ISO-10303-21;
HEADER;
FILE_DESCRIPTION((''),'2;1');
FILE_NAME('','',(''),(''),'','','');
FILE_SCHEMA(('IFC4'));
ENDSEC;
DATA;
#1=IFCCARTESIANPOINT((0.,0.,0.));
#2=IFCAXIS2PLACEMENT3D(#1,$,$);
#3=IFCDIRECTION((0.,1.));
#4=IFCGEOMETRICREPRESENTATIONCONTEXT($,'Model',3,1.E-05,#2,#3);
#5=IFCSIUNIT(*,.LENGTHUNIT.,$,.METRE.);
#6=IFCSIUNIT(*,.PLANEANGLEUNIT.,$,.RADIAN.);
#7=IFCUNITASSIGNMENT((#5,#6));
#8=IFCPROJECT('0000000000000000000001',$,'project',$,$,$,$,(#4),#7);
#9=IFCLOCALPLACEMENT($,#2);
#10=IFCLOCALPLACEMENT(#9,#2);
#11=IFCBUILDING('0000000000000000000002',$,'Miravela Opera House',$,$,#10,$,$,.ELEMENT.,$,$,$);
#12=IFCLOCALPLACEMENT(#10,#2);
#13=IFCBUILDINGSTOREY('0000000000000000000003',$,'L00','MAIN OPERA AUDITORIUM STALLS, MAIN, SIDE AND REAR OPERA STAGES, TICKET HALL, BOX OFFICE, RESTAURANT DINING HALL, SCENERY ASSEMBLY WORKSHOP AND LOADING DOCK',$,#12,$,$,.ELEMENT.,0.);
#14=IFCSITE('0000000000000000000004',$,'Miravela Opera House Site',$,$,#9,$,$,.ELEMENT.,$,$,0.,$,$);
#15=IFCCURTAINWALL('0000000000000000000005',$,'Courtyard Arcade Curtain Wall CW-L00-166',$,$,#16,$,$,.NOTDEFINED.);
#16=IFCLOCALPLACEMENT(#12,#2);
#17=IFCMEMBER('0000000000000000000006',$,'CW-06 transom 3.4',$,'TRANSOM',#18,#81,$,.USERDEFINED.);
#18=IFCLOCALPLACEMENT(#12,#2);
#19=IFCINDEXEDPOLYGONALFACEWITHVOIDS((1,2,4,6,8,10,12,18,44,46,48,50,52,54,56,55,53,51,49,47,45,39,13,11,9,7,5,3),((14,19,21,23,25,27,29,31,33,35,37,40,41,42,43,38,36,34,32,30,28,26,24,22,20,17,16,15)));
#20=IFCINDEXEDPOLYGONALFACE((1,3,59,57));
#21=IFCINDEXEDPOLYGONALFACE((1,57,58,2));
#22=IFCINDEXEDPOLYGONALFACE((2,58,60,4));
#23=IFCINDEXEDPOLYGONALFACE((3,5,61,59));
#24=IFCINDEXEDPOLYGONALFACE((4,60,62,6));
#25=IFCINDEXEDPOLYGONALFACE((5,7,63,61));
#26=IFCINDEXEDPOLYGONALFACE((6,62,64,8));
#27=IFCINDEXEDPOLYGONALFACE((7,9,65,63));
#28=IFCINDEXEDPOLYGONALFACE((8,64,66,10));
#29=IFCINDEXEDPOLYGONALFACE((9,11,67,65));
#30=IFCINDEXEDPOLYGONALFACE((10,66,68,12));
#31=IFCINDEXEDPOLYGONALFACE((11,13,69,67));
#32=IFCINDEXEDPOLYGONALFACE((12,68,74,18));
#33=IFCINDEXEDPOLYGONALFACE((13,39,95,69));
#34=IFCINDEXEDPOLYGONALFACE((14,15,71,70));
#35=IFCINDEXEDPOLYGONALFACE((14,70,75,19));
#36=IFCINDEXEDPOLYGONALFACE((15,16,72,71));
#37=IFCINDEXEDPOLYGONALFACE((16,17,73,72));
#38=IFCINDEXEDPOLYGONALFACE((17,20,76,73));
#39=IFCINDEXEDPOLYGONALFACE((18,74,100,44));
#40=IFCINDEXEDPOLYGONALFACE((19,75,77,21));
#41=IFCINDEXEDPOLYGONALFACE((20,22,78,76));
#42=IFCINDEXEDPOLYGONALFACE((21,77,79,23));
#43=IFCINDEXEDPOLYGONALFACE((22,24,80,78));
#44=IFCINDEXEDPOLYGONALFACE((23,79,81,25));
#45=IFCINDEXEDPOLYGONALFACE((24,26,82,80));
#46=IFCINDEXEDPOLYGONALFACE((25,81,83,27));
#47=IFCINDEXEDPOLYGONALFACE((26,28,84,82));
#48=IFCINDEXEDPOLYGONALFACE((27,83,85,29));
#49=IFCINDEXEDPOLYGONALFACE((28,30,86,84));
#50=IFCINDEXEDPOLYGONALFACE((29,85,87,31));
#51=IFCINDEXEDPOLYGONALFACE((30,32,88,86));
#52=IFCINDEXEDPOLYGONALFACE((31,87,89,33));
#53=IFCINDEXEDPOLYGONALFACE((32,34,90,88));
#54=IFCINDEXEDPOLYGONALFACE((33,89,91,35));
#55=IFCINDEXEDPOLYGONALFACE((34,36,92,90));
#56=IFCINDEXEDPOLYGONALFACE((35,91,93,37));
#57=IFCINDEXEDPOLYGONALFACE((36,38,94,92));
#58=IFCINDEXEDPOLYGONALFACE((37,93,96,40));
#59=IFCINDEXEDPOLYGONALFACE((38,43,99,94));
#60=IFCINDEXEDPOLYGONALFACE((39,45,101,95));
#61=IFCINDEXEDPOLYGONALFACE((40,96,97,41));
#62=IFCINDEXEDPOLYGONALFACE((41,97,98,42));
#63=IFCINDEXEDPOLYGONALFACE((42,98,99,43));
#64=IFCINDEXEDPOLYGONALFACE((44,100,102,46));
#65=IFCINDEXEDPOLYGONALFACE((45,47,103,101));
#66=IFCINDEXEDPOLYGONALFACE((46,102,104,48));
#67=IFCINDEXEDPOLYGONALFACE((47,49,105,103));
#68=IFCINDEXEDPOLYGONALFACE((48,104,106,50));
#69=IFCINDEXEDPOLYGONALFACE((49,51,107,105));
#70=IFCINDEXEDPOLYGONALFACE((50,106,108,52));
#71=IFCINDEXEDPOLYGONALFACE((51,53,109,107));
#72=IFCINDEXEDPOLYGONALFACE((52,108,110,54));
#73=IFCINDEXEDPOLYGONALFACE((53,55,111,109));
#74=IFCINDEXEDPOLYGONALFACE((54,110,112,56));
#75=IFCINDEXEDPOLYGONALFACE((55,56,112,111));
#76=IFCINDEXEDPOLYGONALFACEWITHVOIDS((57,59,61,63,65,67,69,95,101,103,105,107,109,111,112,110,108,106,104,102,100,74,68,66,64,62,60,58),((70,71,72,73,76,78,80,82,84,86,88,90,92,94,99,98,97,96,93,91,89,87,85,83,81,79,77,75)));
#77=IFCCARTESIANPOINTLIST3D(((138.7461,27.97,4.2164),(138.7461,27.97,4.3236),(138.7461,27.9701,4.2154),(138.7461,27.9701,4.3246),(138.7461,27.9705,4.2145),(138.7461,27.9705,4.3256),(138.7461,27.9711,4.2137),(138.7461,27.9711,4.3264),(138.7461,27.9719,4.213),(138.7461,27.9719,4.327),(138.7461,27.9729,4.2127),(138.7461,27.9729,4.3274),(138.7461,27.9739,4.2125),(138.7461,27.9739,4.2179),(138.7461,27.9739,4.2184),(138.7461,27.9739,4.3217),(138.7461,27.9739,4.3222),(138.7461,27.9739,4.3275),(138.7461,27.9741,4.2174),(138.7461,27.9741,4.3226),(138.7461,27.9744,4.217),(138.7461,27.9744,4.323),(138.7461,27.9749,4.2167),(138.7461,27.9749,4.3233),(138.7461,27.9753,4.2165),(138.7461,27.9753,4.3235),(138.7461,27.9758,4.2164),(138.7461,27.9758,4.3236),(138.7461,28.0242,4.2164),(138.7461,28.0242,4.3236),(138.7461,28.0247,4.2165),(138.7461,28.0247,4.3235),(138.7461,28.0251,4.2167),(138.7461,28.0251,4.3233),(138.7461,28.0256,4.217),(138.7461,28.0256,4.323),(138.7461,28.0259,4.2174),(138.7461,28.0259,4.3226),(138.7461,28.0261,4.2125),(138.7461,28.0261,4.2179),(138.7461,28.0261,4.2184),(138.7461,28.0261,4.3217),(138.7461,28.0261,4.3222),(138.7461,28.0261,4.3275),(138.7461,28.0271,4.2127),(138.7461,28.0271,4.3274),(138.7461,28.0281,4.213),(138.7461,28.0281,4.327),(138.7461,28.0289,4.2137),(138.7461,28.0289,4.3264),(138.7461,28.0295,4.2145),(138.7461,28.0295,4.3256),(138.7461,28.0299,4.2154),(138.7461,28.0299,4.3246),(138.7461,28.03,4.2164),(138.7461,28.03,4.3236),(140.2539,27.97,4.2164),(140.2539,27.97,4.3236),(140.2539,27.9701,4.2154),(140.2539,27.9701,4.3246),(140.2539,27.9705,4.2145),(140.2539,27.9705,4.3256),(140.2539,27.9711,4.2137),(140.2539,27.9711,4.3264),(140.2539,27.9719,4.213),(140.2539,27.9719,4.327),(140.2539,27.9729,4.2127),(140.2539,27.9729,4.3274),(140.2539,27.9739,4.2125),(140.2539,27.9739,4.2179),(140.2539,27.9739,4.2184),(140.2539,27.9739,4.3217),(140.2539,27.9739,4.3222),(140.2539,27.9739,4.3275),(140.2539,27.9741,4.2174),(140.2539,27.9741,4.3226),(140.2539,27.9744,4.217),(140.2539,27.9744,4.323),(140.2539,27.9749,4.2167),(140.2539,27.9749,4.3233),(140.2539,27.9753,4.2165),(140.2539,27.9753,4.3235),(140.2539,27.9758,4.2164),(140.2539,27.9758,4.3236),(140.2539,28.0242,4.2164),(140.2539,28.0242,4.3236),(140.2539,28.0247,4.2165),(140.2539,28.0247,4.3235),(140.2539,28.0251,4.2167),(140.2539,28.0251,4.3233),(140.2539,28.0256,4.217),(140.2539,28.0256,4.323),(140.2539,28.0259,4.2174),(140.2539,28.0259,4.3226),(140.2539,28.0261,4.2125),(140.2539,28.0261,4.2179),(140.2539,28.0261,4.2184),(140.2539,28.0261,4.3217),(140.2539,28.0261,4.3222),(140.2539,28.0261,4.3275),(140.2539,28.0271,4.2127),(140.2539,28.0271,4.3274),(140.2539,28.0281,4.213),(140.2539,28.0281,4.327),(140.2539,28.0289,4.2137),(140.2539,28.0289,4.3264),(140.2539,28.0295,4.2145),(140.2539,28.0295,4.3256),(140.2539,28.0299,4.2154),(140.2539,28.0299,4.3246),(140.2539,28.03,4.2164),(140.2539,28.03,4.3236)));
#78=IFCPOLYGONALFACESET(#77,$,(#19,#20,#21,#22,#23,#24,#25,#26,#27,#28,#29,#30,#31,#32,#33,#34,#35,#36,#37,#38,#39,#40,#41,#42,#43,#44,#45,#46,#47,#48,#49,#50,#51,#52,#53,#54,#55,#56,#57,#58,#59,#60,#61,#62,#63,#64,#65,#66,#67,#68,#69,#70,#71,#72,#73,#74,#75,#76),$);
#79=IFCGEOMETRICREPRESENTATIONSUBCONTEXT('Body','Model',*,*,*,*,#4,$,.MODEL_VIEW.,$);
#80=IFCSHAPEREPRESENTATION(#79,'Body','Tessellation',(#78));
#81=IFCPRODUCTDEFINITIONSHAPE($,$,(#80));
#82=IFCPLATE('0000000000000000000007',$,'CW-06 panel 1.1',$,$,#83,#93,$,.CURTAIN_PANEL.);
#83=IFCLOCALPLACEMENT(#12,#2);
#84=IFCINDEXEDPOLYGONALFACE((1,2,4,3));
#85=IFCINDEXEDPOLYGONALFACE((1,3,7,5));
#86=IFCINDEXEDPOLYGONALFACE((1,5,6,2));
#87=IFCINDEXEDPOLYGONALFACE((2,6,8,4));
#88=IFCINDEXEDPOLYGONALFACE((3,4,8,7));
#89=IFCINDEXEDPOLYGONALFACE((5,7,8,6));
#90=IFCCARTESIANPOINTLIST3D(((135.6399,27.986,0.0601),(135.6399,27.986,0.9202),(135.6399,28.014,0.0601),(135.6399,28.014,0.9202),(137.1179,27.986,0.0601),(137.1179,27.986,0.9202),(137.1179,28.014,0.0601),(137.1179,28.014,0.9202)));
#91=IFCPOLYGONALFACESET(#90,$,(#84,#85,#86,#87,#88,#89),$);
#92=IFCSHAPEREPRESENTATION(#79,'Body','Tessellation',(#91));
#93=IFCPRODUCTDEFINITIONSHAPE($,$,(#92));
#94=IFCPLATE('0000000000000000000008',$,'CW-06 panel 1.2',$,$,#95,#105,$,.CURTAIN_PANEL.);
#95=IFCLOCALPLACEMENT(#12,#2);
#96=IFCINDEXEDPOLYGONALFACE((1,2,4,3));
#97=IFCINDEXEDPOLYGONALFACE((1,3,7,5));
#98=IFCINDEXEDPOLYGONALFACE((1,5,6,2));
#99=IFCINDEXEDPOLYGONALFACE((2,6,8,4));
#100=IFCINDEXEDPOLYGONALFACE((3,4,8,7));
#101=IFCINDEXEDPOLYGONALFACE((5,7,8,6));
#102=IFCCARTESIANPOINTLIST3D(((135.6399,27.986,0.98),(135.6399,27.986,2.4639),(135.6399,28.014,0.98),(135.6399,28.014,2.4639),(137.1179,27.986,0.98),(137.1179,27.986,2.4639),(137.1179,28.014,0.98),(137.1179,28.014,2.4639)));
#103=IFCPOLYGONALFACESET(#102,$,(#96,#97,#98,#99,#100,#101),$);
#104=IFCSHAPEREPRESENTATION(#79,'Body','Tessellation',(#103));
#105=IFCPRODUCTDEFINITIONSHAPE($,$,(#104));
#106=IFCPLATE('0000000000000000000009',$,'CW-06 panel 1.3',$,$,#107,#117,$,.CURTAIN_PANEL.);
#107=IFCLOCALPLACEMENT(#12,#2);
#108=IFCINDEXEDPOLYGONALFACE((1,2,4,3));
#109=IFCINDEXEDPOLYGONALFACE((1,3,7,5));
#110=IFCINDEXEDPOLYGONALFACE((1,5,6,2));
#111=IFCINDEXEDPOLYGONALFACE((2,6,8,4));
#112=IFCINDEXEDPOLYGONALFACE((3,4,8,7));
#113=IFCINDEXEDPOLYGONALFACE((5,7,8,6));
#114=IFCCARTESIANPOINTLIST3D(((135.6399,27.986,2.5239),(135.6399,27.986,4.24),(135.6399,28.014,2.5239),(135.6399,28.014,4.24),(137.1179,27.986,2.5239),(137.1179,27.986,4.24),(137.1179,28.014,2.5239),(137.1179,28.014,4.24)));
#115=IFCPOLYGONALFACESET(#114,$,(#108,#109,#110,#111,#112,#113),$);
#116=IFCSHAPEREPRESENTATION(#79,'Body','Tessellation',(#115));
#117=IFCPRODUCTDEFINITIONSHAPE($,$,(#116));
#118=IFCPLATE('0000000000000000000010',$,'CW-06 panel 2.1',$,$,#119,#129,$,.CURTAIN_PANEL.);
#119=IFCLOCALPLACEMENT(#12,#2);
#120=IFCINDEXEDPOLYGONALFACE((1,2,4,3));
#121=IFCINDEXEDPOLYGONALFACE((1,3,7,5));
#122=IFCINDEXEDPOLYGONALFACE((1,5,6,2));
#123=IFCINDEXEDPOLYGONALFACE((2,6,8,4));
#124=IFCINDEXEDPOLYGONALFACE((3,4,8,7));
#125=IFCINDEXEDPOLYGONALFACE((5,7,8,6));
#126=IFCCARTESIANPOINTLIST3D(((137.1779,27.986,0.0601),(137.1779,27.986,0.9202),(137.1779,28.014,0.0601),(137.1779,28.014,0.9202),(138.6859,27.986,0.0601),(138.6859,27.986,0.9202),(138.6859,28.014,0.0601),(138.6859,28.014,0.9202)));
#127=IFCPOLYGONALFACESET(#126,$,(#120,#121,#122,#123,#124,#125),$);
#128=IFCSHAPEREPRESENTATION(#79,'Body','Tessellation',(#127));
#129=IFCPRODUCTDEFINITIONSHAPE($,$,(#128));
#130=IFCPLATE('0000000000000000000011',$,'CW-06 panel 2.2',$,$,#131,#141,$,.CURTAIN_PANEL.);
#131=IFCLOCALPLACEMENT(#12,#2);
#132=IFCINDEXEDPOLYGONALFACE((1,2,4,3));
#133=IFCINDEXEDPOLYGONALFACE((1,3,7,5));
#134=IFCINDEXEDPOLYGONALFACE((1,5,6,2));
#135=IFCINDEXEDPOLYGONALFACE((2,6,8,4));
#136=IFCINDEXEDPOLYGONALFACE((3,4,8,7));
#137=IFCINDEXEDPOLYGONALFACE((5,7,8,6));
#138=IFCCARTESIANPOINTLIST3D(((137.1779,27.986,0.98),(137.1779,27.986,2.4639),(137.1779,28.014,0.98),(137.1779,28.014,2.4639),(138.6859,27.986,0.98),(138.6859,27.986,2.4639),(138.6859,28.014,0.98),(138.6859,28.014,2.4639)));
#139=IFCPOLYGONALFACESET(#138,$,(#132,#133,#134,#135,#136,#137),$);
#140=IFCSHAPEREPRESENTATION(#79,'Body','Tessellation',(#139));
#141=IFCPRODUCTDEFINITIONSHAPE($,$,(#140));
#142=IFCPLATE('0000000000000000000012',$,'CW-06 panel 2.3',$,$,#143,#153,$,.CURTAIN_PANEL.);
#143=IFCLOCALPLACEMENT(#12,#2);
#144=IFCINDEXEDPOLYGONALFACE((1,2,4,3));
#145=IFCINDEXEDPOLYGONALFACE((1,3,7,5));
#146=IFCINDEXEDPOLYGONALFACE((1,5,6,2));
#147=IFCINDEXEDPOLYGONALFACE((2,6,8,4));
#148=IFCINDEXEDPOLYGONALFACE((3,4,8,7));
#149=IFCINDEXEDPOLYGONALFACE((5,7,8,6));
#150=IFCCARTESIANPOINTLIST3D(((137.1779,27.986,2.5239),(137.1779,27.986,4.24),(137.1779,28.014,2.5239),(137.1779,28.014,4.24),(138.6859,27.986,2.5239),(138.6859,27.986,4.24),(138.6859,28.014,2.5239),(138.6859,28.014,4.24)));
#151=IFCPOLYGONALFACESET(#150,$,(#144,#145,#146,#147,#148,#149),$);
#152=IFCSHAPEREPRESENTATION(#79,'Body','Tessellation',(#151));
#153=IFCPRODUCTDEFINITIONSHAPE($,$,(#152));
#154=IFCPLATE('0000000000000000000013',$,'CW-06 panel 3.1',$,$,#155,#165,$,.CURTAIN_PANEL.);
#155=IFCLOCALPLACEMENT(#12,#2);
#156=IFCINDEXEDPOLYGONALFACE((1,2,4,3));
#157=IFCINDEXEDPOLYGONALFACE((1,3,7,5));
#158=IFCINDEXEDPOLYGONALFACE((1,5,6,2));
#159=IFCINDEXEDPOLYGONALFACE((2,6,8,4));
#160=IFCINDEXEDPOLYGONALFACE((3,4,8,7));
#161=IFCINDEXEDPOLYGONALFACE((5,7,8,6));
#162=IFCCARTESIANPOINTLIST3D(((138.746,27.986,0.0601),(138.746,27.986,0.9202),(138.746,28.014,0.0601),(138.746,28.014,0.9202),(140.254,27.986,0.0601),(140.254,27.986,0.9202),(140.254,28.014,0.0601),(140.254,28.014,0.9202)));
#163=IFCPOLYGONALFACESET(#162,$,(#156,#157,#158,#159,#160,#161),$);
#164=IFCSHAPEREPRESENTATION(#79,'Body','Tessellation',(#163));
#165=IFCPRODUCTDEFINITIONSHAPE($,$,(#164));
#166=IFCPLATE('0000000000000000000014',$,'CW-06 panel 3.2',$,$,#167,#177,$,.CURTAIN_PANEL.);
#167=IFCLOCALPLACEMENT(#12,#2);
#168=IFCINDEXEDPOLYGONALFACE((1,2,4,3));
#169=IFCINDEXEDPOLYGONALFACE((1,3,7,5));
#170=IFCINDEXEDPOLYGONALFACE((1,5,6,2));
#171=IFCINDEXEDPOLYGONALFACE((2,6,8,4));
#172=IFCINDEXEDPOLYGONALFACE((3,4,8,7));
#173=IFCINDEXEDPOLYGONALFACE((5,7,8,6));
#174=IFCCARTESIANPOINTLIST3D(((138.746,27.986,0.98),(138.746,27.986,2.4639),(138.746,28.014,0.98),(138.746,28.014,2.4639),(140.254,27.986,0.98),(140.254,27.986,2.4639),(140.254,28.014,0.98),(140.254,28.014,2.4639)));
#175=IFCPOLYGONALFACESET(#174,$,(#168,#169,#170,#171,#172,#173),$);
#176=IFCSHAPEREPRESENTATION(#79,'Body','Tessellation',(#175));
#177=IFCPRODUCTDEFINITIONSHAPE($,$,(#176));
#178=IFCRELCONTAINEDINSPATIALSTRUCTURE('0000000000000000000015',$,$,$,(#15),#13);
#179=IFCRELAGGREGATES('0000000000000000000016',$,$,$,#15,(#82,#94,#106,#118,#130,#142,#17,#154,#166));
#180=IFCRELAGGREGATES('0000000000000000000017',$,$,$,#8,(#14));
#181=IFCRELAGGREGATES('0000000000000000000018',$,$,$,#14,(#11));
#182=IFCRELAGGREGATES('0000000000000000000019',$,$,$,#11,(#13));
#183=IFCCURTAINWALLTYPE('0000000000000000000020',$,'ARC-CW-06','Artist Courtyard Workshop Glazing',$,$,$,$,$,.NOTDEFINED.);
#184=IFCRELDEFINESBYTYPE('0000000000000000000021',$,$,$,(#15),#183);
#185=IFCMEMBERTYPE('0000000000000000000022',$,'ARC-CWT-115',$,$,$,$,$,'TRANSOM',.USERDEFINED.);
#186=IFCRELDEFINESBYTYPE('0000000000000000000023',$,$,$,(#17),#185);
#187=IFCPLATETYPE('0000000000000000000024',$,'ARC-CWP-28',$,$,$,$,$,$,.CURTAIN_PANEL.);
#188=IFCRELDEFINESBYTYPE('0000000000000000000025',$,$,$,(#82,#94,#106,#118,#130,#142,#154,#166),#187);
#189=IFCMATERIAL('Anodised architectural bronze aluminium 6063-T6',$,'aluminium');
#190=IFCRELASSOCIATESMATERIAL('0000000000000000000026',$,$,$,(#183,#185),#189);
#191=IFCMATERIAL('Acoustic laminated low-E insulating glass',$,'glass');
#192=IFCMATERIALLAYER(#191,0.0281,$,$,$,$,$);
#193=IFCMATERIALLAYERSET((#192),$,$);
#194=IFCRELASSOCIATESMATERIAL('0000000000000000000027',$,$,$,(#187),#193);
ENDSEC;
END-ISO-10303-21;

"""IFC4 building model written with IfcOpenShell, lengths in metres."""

from ifc_helpers import new_model, si_unit, direction, frame, origin, origin_2d, place, context, subcontext, project, spatial, rectangle, hollow_rectangle, extrude, material, layer, layer_set, material_profile, profile_set, type_object, element, aggregate, save


model = new_model("IFC4")

# Units and contexts
model_context = context("Model", 3, precision=1e-05, world=origin(), true_north=direction((0.0, 1.0)))
body_context = subcontext(model_context, "Body", "Model", "MODEL_VIEW")
ifc_project = project(units=[si_unit("LENGTHUNIT", "METRE"), si_unit("PLANEANGLEUNIT", "RADIAN")], contexts=[model_context])

# Site, building, storey
site_placement = place(None, origin())
site = spatial("IfcSite", under=ifc_project, at=site_placement, Name="Miravela Opera House Site", CompositionType="ELEMENT", RefElevation=0.0)
building_placement = place(site_placement, origin())
building = spatial("IfcBuilding", under=site, at=building_placement, Name="Miravela Opera House", CompositionType="ELEMENT")
storey_placement = place(building_placement, origin())
storey = spatial("IfcBuildingStorey", under=building, at=storey_placement, Name="L00", Description="MAIN OPERA AUDITORIUM STALLS, MAIN, SIDE AND REAR OPERA STAGES, TICKET HALL, BOX OFFICE, RESTAURANT DINING HALL, SCENERY ASSEMBLY WORKSHOP AND LOADING DOCK", CompositionType="ELEMENT", Elevation=0.0)

# Curtain wall, member, plates
ifc_material_1 = material(Name="Anodised architectural bronze aluminium 6063-T6", Category="aluminium")
curtain_wall_type = type_object("IfcCurtainWallType", Name="ARC-CW-06", Description="Artist Courtyard Workshop Glazing", PredefinedType="NOTDEFINED", material=ifc_material_1)
curtain_wall_placement = place(storey_placement, origin())
curtain_wall = element("IfcCurtainWall", 1, at=curtain_wall_placement, inside=storey, type_object=curtain_wall_type, Name="Courtyard Arcade Curtain Wall CW-L00-166", PredefinedType="NOTDEFINED")
ifc_material_profile_1 = material_profile(ifc_material_1, hollow_rectangle(XDim=0.0601, YDim=0.115, WallThickness=0.0039, InnerFilletRadius=0.002, OuterFilletRadius=0.0039, at=origin_2d()), Name="CWT-60X115")
ifc_profile_set_1 = profile_set([ifc_material_profile_1])
member_type_1 = type_object("IfcMemberType", Name="ARC-CWT-115", ElementType="TRANSOM", PredefinedType="USERDEFINED", material=ifc_profile_set_1)
member_1_placement = place(storey_placement, frame((138.7461, 28.0, 4.27), z_axis=(1.0, 0.0, 0.0), x_axis=(0.0, 1.0, 0.0)))
member_1 = element("IfcMember", 2, at=member_1_placement, type_object=member_type_1, Name="CW-06 transom 3.4", ObjectType="TRANSOM", PredefinedType="USERDEFINED", context=body_context, shape_type="SweptSolid", body=[
    extrude(hollow_rectangle(XDim=0.0601, YDim=0.115, WallThickness=0.0039, InnerFilletRadius=0.002, OuterFilletRadius=0.0039, at=origin_2d()), origin(), (0.0, 0.0, 1.0), 1.5078),
])
ifc_material_2 = material(Name="Acoustic laminated low-E insulating glass", Category="glass")
ifc_layer = layer(ifc_material_2, 0.0281)
ifc_layer_set = layer_set([ifc_layer])
plate_type = type_object("IfcPlateType", Name="ARC-CWP-28", PredefinedType="CURTAIN_PANEL", material=ifc_layer_set)
plate_1_placement = place(storey_placement, frame((136.3789, 28.0, 0.0601), z_axis=(0.0, 0.0, 1.0), x_axis=(1.0, 0.0, 0.0)))
plate_1 = element("IfcPlate", 3, at=plate_1_placement, type_object=plate_type, Name="CW-06 panel 1.1", PredefinedType="CURTAIN_PANEL", context=body_context, shape_type="SweptSolid", body=[
    extrude(rectangle(XDim=1.478, YDim=0.0281, at=origin_2d()), origin(), (0.0, 0.0, 1.0), 0.8601),
])
plate_2_placement = place(storey_placement, frame((136.3789, 28.0, 0.98), z_axis=(0.0, 0.0, 1.0), x_axis=(1.0, 0.0, 0.0)))
plate_2 = element("IfcPlate", 4, at=plate_2_placement, type_object=plate_type, Name="CW-06 panel 1.2", PredefinedType="CURTAIN_PANEL", context=body_context, shape_type="SweptSolid", body=[
    extrude(rectangle(XDim=1.478, YDim=0.0281, at=origin_2d()), origin(), (0.0, 0.0, 1.0), 1.4839),
])
plate_3_placement = place(storey_placement, frame((136.3789, 28.0, 2.5239), z_axis=(0.0, 0.0, 1.0), x_axis=(1.0, 0.0, 0.0)))
plate_3 = element("IfcPlate", 5, at=plate_3_placement, type_object=plate_type, Name="CW-06 panel 1.3", PredefinedType="CURTAIN_PANEL", context=body_context, shape_type="SweptSolid", body=[
    extrude(rectangle(XDim=1.478, YDim=0.0281, at=origin_2d()), origin(), (0.0, 0.0, 1.0), 1.7161),
])
plate_4_placement = place(storey_placement, frame((137.9319, 28.0, 0.0601), z_axis=(0.0, 0.0, 1.0), x_axis=(1.0, 0.0, 0.0)))
plate_4 = element("IfcPlate", 6, at=plate_4_placement, type_object=plate_type, Name="CW-06 panel 2.1", PredefinedType="CURTAIN_PANEL", context=body_context, shape_type="SweptSolid", body=[
    extrude(rectangle(XDim=1.5081, YDim=0.0281, at=origin_2d()), origin(), (0.0, 0.0, 1.0), 0.8601),
])
plate_5_placement = place(storey_placement, frame((137.9319, 28.0, 0.98), z_axis=(0.0, 0.0, 1.0), x_axis=(1.0, 0.0, 0.0)))
plate_5 = element("IfcPlate", 7, at=plate_5_placement, type_object=plate_type, Name="CW-06 panel 2.2", PredefinedType="CURTAIN_PANEL", context=body_context, shape_type="SweptSolid", body=[
    extrude(rectangle(XDim=1.5081, YDim=0.0281, at=origin_2d()), origin(), (0.0, 0.0, 1.0), 1.4839),
])
plate_6_placement = place(storey_placement, frame((137.9319, 28.0, 2.5239), z_axis=(0.0, 0.0, 1.0), x_axis=(1.0, 0.0, 0.0)))
plate_6 = element("IfcPlate", 8, at=plate_6_placement, type_object=plate_type, Name="CW-06 panel 2.3", PredefinedType="CURTAIN_PANEL", context=body_context, shape_type="SweptSolid", body=[
    extrude(rectangle(XDim=1.5081, YDim=0.0281, at=origin_2d()), origin(), (0.0, 0.0, 1.0), 1.7161),
])
plate_7_placement = place(storey_placement, frame((139.5, 28.0, 0.0601), z_axis=(0.0, 0.0, 1.0), x_axis=(1.0, 0.0, 0.0)))
plate_7 = element("IfcPlate", 9, at=plate_7_placement, type_object=plate_type, Name="CW-06 panel 3.1", PredefinedType="CURTAIN_PANEL", context=body_context, shape_type="SweptSolid", body=[
    extrude(rectangle(XDim=1.5081, YDim=0.0281, at=origin_2d()), origin(), (0.0, 0.0, 1.0), 0.8601),
])
plate_8_placement = place(storey_placement, frame((139.5, 28.0, 0.98), z_axis=(0.0, 0.0, 1.0), x_axis=(1.0, 0.0, 0.0)))
plate_8 = element("IfcPlate", 10, at=plate_8_placement, type_object=plate_type, Name="CW-06 panel 3.2", PredefinedType="CURTAIN_PANEL", context=body_context, shape_type="SweptSolid", body=[
    extrude(rectangle(XDim=1.5081, YDim=0.0281, at=origin_2d()), origin(), (0.0, 0.0, 1.0), 1.4839),
])
aggregate(curtain_wall, [plate_1, plate_2, plate_3, plate_4, plate_5, plate_6, member_1, plate_7, plate_8])

save(model, "model.ifc")
